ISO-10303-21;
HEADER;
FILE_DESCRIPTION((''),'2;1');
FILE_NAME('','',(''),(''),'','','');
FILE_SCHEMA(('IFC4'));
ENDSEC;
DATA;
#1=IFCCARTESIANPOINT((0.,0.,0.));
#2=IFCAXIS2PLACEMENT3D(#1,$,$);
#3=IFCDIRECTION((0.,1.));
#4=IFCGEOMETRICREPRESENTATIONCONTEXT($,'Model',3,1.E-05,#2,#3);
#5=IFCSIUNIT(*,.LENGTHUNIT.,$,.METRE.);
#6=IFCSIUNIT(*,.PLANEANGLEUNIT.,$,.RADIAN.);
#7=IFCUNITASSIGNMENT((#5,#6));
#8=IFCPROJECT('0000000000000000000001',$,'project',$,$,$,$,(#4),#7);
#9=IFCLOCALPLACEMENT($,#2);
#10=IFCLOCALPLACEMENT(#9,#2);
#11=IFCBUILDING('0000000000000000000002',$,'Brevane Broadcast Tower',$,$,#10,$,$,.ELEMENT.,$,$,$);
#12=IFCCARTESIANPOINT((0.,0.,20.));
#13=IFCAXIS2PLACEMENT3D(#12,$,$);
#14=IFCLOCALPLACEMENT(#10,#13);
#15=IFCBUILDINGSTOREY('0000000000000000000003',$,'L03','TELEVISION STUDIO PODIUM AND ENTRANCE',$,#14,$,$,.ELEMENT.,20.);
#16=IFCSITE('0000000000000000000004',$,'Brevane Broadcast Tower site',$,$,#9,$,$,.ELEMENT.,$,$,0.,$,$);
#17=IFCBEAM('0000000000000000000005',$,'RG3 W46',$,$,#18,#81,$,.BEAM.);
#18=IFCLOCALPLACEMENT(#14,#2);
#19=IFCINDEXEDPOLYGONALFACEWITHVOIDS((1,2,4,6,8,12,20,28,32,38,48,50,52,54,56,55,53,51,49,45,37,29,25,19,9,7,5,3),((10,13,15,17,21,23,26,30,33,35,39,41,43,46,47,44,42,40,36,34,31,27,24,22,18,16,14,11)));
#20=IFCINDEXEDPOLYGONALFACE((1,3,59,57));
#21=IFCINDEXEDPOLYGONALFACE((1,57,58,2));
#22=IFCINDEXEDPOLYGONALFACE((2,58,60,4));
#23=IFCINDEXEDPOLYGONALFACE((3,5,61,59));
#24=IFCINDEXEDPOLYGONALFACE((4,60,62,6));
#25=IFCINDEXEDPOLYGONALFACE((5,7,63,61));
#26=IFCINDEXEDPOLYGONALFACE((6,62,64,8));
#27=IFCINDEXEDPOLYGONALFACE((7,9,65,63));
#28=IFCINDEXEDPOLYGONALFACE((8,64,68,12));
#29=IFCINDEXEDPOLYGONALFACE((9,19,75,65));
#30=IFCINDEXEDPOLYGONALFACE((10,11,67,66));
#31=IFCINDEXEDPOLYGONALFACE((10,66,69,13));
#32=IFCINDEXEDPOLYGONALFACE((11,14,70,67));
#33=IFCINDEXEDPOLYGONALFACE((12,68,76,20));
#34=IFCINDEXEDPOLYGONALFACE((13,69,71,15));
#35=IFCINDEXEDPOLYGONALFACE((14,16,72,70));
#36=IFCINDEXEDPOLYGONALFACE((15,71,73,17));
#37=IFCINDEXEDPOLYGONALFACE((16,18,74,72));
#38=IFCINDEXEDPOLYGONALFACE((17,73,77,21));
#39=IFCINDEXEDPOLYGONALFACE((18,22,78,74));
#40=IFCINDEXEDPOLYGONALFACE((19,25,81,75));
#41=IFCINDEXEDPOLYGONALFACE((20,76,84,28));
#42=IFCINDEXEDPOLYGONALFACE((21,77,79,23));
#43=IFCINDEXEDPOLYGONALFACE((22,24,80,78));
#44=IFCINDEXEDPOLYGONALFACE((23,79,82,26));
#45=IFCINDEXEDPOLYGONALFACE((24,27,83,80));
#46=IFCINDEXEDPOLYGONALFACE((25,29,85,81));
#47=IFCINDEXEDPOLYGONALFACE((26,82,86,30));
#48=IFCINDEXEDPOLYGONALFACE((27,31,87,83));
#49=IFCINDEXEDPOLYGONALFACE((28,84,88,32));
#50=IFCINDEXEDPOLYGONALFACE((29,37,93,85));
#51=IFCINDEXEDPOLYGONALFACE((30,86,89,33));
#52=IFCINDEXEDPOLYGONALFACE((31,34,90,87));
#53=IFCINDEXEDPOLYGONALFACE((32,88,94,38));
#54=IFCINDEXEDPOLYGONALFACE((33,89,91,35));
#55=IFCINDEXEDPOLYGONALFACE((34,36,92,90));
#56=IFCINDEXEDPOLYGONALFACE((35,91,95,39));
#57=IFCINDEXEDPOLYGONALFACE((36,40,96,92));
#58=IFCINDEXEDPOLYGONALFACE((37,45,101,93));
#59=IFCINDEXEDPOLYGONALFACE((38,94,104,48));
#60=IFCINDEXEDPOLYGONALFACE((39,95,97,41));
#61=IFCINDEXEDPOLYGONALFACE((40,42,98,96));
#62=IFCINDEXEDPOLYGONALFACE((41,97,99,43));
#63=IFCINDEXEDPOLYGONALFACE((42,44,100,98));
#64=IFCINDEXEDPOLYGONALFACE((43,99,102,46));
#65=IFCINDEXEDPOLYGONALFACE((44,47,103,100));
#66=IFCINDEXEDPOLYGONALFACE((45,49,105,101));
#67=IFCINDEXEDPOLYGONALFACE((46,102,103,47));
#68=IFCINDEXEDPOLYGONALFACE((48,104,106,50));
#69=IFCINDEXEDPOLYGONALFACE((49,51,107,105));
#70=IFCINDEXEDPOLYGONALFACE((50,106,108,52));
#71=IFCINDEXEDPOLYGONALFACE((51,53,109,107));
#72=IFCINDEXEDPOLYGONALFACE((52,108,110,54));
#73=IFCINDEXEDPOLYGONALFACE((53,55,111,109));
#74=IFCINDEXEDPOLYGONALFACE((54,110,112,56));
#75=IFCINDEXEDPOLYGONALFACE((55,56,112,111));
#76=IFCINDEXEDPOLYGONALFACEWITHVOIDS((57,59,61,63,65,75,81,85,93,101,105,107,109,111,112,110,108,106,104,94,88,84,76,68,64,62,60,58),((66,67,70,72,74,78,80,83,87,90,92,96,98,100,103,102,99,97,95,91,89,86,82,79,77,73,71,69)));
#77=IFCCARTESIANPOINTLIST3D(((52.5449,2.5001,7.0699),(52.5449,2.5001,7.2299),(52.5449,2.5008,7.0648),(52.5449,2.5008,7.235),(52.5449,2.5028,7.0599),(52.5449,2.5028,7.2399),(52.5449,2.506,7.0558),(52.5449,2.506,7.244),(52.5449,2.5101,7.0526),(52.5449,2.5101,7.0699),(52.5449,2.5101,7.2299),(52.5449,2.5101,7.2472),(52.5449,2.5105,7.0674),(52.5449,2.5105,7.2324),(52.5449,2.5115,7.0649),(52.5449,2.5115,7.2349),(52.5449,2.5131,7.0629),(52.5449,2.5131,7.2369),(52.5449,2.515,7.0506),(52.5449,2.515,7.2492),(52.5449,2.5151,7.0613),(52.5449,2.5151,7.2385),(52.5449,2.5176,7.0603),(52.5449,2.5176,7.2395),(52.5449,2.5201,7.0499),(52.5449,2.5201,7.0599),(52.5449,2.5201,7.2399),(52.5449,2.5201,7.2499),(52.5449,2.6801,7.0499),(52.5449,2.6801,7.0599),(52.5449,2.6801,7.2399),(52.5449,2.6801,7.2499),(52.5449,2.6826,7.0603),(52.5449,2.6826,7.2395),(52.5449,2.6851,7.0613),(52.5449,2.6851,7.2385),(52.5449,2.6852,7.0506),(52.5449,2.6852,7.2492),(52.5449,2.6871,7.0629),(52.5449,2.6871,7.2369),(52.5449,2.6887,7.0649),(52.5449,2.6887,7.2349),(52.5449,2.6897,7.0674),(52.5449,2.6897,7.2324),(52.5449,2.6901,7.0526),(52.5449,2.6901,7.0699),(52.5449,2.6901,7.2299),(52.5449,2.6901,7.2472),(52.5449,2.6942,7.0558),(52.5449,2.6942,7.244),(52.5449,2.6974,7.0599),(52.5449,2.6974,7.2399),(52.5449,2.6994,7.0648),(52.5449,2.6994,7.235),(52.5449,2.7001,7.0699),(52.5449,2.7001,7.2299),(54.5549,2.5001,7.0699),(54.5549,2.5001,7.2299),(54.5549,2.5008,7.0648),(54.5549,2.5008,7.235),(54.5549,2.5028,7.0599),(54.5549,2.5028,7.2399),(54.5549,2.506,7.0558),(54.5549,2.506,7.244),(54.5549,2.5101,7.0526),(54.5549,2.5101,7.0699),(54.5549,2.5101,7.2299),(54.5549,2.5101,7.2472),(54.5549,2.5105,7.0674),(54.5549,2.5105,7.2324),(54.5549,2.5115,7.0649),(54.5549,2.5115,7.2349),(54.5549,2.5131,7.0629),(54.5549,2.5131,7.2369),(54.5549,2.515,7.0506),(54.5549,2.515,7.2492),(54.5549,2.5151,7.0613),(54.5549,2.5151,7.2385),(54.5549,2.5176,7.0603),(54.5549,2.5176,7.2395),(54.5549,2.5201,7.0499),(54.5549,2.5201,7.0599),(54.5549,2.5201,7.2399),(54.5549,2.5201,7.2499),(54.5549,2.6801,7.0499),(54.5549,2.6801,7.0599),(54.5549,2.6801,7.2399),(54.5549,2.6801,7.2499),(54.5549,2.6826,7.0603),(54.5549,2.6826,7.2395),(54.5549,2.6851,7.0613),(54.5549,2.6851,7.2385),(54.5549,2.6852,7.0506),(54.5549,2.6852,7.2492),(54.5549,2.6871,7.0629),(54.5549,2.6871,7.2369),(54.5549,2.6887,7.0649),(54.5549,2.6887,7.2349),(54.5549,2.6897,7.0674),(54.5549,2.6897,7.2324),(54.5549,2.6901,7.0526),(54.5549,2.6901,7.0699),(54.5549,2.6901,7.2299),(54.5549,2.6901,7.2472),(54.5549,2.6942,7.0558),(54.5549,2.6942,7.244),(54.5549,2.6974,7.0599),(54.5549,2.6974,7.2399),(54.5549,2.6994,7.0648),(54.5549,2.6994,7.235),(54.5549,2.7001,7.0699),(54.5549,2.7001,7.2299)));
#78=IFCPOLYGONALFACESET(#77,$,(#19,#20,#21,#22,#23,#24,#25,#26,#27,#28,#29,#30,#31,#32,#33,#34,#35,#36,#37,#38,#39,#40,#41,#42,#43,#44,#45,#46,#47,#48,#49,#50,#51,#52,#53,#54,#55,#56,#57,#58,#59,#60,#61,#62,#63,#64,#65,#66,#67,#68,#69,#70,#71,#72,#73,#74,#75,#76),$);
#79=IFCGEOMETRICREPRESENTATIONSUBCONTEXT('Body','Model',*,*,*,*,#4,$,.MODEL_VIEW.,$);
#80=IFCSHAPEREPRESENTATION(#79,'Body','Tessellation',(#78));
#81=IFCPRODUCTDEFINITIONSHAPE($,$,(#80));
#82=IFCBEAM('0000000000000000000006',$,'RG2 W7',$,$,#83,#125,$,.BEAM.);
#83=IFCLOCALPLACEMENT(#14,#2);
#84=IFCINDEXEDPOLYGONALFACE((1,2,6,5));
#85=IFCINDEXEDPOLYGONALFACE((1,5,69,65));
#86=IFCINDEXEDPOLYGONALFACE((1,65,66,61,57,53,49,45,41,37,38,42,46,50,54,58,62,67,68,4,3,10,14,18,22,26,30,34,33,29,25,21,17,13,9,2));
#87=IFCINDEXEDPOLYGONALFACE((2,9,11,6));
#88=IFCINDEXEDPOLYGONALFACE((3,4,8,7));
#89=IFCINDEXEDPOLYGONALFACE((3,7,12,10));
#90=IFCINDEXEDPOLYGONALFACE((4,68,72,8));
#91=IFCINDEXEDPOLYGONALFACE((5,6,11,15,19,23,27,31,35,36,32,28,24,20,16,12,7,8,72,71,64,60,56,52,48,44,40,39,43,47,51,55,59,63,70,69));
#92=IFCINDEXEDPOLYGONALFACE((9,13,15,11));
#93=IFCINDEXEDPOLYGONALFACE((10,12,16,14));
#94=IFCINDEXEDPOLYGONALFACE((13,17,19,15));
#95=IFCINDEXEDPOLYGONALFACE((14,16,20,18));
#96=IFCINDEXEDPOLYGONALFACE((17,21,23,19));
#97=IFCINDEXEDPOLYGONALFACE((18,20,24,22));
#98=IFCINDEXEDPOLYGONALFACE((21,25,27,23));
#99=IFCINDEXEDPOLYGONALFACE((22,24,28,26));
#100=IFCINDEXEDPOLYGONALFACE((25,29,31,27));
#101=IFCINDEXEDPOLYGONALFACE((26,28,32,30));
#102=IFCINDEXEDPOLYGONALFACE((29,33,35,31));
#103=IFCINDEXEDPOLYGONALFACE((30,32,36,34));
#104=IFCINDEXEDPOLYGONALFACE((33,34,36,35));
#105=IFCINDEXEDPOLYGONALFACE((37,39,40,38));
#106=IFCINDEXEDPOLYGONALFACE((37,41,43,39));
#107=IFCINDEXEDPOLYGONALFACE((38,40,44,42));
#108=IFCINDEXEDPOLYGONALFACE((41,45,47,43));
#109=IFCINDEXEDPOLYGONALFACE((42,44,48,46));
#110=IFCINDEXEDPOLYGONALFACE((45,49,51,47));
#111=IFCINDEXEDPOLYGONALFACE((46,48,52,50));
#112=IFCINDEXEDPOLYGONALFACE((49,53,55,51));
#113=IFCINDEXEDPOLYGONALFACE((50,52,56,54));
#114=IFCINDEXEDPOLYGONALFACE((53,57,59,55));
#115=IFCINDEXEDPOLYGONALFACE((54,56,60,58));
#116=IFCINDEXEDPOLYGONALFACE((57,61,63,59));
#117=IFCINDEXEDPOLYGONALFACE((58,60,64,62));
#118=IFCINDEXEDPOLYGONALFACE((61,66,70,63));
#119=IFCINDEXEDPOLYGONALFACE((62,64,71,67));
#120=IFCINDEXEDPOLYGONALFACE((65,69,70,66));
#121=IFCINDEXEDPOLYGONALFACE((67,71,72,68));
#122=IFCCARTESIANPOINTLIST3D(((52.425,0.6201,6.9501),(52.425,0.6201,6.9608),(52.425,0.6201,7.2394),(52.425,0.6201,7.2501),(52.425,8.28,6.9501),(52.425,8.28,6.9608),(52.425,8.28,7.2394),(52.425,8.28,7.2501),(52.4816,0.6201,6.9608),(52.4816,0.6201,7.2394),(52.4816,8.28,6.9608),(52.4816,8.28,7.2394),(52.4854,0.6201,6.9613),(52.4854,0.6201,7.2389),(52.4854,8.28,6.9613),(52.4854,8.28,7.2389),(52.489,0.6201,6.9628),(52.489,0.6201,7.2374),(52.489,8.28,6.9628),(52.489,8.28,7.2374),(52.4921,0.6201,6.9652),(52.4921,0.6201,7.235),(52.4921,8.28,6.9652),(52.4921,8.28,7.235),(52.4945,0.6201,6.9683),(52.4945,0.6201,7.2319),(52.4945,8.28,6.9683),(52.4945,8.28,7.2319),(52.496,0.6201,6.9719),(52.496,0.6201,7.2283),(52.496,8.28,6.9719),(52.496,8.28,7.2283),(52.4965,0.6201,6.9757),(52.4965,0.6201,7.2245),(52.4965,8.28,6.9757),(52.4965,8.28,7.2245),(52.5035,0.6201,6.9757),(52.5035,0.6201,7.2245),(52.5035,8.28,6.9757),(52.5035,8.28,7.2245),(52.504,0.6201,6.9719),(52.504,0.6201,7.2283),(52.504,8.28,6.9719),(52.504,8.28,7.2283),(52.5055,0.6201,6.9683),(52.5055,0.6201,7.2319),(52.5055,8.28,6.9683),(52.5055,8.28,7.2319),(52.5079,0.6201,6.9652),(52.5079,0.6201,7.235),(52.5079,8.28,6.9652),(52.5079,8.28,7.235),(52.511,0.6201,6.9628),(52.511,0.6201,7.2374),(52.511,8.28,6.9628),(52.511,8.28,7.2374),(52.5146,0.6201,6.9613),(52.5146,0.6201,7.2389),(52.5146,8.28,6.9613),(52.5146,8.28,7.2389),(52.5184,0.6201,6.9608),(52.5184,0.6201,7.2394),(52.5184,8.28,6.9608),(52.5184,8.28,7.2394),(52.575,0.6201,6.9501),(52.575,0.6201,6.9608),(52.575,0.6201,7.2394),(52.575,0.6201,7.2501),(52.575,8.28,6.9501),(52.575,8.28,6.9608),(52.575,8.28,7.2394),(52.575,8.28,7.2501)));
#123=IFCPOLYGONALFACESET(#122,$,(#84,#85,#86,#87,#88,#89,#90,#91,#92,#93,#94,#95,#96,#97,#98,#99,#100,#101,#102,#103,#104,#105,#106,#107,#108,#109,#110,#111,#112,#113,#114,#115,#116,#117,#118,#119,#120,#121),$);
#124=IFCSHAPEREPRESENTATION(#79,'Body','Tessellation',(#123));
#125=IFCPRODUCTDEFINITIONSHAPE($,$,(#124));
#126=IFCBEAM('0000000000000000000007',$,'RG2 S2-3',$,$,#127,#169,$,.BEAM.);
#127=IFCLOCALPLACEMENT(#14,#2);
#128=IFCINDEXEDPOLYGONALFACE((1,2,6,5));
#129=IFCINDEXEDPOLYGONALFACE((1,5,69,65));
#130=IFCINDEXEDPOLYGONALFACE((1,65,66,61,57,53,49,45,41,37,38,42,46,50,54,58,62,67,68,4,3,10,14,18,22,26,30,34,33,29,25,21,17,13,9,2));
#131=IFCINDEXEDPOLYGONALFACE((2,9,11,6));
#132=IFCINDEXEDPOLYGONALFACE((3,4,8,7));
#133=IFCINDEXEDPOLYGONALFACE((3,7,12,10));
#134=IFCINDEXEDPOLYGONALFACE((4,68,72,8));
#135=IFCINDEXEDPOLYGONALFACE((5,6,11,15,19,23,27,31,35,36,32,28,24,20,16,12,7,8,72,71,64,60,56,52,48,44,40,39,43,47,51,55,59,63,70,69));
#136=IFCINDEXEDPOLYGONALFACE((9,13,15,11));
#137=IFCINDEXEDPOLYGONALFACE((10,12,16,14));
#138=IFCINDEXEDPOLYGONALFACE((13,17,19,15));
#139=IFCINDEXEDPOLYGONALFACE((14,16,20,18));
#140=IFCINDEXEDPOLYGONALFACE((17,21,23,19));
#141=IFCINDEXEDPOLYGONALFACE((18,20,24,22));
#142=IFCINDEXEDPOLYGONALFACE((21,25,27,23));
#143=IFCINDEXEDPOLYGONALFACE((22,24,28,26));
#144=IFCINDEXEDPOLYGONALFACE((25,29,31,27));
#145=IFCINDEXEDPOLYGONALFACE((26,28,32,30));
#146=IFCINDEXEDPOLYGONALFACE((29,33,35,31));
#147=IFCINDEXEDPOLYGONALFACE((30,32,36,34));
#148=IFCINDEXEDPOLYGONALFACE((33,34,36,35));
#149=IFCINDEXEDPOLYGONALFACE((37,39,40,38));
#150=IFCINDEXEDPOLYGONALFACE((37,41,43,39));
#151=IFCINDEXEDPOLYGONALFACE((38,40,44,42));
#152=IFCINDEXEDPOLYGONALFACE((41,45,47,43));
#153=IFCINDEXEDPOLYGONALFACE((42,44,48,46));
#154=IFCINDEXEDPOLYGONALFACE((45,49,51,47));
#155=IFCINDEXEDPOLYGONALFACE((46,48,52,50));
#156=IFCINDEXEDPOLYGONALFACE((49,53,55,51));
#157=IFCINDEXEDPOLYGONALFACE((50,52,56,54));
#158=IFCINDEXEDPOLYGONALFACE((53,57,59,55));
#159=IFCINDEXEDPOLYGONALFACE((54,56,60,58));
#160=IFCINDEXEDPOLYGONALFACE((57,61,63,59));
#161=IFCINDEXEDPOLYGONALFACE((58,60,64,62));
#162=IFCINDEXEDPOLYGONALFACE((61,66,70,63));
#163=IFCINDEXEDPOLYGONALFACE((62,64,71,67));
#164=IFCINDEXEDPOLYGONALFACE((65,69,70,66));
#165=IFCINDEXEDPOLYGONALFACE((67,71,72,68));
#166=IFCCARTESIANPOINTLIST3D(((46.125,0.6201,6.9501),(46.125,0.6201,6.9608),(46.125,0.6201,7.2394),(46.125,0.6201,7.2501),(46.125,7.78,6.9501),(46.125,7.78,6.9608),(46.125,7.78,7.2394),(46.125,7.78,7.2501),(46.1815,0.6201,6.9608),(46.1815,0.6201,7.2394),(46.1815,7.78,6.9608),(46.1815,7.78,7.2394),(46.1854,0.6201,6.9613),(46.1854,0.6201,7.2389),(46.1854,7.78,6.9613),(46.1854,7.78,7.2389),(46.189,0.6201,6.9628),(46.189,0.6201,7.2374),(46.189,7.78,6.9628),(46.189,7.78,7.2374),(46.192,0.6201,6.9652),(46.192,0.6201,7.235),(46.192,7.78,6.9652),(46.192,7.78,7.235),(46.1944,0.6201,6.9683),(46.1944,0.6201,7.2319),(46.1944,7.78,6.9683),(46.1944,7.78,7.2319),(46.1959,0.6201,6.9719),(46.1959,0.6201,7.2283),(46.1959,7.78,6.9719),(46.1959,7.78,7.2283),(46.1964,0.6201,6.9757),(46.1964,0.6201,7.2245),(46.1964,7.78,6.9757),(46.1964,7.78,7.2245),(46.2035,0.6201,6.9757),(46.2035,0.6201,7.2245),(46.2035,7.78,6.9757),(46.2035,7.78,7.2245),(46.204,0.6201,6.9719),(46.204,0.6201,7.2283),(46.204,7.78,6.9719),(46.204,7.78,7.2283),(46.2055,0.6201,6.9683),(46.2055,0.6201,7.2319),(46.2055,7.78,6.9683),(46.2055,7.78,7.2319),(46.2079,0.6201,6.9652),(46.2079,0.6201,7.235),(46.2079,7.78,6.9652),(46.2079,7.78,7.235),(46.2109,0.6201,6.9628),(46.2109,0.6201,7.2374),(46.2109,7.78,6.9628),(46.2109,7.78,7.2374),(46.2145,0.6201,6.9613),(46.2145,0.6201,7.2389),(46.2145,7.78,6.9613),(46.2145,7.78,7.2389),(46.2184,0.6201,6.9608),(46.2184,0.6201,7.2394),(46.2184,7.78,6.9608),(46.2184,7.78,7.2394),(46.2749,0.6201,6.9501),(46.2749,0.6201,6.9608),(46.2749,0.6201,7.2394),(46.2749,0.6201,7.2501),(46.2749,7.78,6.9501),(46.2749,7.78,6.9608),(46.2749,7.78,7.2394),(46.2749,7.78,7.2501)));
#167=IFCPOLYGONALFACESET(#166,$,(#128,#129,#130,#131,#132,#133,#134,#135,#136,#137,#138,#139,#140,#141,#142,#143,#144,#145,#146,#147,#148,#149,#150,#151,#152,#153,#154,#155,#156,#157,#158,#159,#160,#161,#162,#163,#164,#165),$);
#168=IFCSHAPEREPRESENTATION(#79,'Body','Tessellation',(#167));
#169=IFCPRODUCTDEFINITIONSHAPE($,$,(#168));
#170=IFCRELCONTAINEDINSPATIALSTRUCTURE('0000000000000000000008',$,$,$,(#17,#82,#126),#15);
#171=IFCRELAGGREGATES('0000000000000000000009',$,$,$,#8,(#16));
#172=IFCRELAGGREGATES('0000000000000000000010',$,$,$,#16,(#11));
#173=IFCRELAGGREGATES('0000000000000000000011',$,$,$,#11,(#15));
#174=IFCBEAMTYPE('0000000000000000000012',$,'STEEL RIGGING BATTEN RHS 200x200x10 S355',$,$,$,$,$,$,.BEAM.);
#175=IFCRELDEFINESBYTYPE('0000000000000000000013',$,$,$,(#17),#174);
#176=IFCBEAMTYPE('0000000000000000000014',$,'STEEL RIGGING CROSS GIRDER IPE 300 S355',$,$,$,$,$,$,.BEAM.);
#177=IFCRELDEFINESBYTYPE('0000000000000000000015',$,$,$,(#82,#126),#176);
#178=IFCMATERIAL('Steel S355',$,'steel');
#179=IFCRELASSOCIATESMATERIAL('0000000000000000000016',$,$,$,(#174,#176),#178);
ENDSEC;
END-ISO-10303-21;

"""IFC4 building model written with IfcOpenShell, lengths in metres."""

from ifc_helpers import new_model, si_unit, direction, frame, origin, origin_2d, place, context, subcontext, project, spatial, hollow_rectangle, i_section, extrude, material, material_profile, profile_set, type_object, element, save


model = new_model("IFC4")

# Units and contexts
model_context = context("Model", 3, precision=1e-05, world=origin(), true_north=direction((0.0, 1.0)))
body_context = subcontext(model_context, "Body", "Model", "MODEL_VIEW")
ifc_project = project(units=[si_unit("LENGTHUNIT", "METRE"), si_unit("PLANEANGLEUNIT", "RADIAN")], contexts=[model_context])

# Site, building, storey
site_placement = place(None, origin())
site = spatial("IfcSite", under=ifc_project, at=site_placement, Name="Brevane Broadcast Tower site", CompositionType="ELEMENT", RefElevation=0.0)
building_placement = place(site_placement, origin())
building = spatial("IfcBuilding", under=site, at=building_placement, Name="Brevane Broadcast Tower", CompositionType="ELEMENT")
storey_placement = place(building_placement, frame((0.0, 0.0, 20.0)))
storey = spatial("IfcBuildingStorey", under=building, at=storey_placement, Name="L03", Description="TELEVISION STUDIO PODIUM AND ENTRANCE", CompositionType="ELEMENT", Elevation=20.0)

# Beams
ifc_material_1 = material(Name="Steel S355", Category="steel")
ifc_material_profile_1 = material_profile(ifc_material_1, hollow_rectangle(XDim=0.2, YDim=0.2, WallThickness=0.01, InnerFilletRadius=0.01, OuterFilletRadius=0.02, at=origin_2d()), Name="RHS 200x200x10")
ifc_profile_set_1 = profile_set([ifc_material_profile_1], Name="Steel S355")
beam_type_1 = type_object("IfcBeamType", Name="STEEL RIGGING BATTEN RHS 200x200x10 S355", PredefinedType="BEAM", material=ifc_profile_set_1)
for number, where, z_axis, x_axis, name in (
    (1, (52.5449, 2.6001, 7.1499), (1.0, 0.0, 0.0), (0.0, 1.0, 0.0), "RG3 W46"),
):
    element("IfcBeam", number, at=place(storey_placement, frame(where, z_axis=z_axis, x_axis=x_axis)), inside=storey, type_object=beam_type_1, Name=name, PredefinedType="BEAM", context=body_context, shape_type="SweptSolid", body=[
        extrude(hollow_rectangle(XDim=0.2, YDim=0.2, WallThickness=0.01, InnerFilletRadius=0.01, OuterFilletRadius=0.02, at=origin_2d()), origin(), (0.0, 0.0, 1.0), 2.01),
    ])
ifc_material_profile_2 = material_profile(ifc_material_1, i_section(OverallWidth=0.1499, OverallDepth=0.3, WebThickness=0.0071, FlangeThickness=0.0107, FilletRadius=0.0149, at=origin_2d()), Name="IPE 300")
ifc_profile_set_2 = profile_set([ifc_material_profile_2], Name="Steel S355")
beam_type_2 = type_object("IfcBeamType", Name="STEEL RIGGING CROSS GIRDER IPE 300 S355", PredefinedType="BEAM", material=ifc_profile_set_2)
beam_1_placement = place(storey_placement, frame((52.5, 0.6201, 7.1001), z_axis=(0.0, 1.0, 0.0), x_axis=(-1.0, 0.0, 0.0)))
element("IfcBeam", 2, at=beam_1_placement, inside=storey, type_object=beam_type_2, Name="RG2 W7", PredefinedType="BEAM", context=body_context, shape_type="SweptSolid", body=[
    extrude(i_section(OverallWidth=0.1499, OverallDepth=0.3, WebThickness=0.0071, FlangeThickness=0.0107, FilletRadius=0.0149, at=origin_2d()), origin(), (0.0, 0.0, 1.0), 7.6599),
])
beam_2_placement = place(storey_placement, frame((46.2, 0.6201, 7.1001), z_axis=(0.0, 1.0, 0.0), x_axis=(-1.0, 0.0, 0.0)))
element("IfcBeam", 3, at=beam_2_placement, inside=storey, type_object=beam_type_2, Name="RG2 S2-3", PredefinedType="BEAM", context=body_context, shape_type="SweptSolid", body=[
    extrude(i_section(OverallWidth=0.1499, OverallDepth=0.3, WebThickness=0.0071, FlangeThickness=0.0107, FilletRadius=0.0149, at=origin_2d()), origin(), (0.0, 0.0, 1.0), 7.1599),
])

save(model, "model.ifc")
